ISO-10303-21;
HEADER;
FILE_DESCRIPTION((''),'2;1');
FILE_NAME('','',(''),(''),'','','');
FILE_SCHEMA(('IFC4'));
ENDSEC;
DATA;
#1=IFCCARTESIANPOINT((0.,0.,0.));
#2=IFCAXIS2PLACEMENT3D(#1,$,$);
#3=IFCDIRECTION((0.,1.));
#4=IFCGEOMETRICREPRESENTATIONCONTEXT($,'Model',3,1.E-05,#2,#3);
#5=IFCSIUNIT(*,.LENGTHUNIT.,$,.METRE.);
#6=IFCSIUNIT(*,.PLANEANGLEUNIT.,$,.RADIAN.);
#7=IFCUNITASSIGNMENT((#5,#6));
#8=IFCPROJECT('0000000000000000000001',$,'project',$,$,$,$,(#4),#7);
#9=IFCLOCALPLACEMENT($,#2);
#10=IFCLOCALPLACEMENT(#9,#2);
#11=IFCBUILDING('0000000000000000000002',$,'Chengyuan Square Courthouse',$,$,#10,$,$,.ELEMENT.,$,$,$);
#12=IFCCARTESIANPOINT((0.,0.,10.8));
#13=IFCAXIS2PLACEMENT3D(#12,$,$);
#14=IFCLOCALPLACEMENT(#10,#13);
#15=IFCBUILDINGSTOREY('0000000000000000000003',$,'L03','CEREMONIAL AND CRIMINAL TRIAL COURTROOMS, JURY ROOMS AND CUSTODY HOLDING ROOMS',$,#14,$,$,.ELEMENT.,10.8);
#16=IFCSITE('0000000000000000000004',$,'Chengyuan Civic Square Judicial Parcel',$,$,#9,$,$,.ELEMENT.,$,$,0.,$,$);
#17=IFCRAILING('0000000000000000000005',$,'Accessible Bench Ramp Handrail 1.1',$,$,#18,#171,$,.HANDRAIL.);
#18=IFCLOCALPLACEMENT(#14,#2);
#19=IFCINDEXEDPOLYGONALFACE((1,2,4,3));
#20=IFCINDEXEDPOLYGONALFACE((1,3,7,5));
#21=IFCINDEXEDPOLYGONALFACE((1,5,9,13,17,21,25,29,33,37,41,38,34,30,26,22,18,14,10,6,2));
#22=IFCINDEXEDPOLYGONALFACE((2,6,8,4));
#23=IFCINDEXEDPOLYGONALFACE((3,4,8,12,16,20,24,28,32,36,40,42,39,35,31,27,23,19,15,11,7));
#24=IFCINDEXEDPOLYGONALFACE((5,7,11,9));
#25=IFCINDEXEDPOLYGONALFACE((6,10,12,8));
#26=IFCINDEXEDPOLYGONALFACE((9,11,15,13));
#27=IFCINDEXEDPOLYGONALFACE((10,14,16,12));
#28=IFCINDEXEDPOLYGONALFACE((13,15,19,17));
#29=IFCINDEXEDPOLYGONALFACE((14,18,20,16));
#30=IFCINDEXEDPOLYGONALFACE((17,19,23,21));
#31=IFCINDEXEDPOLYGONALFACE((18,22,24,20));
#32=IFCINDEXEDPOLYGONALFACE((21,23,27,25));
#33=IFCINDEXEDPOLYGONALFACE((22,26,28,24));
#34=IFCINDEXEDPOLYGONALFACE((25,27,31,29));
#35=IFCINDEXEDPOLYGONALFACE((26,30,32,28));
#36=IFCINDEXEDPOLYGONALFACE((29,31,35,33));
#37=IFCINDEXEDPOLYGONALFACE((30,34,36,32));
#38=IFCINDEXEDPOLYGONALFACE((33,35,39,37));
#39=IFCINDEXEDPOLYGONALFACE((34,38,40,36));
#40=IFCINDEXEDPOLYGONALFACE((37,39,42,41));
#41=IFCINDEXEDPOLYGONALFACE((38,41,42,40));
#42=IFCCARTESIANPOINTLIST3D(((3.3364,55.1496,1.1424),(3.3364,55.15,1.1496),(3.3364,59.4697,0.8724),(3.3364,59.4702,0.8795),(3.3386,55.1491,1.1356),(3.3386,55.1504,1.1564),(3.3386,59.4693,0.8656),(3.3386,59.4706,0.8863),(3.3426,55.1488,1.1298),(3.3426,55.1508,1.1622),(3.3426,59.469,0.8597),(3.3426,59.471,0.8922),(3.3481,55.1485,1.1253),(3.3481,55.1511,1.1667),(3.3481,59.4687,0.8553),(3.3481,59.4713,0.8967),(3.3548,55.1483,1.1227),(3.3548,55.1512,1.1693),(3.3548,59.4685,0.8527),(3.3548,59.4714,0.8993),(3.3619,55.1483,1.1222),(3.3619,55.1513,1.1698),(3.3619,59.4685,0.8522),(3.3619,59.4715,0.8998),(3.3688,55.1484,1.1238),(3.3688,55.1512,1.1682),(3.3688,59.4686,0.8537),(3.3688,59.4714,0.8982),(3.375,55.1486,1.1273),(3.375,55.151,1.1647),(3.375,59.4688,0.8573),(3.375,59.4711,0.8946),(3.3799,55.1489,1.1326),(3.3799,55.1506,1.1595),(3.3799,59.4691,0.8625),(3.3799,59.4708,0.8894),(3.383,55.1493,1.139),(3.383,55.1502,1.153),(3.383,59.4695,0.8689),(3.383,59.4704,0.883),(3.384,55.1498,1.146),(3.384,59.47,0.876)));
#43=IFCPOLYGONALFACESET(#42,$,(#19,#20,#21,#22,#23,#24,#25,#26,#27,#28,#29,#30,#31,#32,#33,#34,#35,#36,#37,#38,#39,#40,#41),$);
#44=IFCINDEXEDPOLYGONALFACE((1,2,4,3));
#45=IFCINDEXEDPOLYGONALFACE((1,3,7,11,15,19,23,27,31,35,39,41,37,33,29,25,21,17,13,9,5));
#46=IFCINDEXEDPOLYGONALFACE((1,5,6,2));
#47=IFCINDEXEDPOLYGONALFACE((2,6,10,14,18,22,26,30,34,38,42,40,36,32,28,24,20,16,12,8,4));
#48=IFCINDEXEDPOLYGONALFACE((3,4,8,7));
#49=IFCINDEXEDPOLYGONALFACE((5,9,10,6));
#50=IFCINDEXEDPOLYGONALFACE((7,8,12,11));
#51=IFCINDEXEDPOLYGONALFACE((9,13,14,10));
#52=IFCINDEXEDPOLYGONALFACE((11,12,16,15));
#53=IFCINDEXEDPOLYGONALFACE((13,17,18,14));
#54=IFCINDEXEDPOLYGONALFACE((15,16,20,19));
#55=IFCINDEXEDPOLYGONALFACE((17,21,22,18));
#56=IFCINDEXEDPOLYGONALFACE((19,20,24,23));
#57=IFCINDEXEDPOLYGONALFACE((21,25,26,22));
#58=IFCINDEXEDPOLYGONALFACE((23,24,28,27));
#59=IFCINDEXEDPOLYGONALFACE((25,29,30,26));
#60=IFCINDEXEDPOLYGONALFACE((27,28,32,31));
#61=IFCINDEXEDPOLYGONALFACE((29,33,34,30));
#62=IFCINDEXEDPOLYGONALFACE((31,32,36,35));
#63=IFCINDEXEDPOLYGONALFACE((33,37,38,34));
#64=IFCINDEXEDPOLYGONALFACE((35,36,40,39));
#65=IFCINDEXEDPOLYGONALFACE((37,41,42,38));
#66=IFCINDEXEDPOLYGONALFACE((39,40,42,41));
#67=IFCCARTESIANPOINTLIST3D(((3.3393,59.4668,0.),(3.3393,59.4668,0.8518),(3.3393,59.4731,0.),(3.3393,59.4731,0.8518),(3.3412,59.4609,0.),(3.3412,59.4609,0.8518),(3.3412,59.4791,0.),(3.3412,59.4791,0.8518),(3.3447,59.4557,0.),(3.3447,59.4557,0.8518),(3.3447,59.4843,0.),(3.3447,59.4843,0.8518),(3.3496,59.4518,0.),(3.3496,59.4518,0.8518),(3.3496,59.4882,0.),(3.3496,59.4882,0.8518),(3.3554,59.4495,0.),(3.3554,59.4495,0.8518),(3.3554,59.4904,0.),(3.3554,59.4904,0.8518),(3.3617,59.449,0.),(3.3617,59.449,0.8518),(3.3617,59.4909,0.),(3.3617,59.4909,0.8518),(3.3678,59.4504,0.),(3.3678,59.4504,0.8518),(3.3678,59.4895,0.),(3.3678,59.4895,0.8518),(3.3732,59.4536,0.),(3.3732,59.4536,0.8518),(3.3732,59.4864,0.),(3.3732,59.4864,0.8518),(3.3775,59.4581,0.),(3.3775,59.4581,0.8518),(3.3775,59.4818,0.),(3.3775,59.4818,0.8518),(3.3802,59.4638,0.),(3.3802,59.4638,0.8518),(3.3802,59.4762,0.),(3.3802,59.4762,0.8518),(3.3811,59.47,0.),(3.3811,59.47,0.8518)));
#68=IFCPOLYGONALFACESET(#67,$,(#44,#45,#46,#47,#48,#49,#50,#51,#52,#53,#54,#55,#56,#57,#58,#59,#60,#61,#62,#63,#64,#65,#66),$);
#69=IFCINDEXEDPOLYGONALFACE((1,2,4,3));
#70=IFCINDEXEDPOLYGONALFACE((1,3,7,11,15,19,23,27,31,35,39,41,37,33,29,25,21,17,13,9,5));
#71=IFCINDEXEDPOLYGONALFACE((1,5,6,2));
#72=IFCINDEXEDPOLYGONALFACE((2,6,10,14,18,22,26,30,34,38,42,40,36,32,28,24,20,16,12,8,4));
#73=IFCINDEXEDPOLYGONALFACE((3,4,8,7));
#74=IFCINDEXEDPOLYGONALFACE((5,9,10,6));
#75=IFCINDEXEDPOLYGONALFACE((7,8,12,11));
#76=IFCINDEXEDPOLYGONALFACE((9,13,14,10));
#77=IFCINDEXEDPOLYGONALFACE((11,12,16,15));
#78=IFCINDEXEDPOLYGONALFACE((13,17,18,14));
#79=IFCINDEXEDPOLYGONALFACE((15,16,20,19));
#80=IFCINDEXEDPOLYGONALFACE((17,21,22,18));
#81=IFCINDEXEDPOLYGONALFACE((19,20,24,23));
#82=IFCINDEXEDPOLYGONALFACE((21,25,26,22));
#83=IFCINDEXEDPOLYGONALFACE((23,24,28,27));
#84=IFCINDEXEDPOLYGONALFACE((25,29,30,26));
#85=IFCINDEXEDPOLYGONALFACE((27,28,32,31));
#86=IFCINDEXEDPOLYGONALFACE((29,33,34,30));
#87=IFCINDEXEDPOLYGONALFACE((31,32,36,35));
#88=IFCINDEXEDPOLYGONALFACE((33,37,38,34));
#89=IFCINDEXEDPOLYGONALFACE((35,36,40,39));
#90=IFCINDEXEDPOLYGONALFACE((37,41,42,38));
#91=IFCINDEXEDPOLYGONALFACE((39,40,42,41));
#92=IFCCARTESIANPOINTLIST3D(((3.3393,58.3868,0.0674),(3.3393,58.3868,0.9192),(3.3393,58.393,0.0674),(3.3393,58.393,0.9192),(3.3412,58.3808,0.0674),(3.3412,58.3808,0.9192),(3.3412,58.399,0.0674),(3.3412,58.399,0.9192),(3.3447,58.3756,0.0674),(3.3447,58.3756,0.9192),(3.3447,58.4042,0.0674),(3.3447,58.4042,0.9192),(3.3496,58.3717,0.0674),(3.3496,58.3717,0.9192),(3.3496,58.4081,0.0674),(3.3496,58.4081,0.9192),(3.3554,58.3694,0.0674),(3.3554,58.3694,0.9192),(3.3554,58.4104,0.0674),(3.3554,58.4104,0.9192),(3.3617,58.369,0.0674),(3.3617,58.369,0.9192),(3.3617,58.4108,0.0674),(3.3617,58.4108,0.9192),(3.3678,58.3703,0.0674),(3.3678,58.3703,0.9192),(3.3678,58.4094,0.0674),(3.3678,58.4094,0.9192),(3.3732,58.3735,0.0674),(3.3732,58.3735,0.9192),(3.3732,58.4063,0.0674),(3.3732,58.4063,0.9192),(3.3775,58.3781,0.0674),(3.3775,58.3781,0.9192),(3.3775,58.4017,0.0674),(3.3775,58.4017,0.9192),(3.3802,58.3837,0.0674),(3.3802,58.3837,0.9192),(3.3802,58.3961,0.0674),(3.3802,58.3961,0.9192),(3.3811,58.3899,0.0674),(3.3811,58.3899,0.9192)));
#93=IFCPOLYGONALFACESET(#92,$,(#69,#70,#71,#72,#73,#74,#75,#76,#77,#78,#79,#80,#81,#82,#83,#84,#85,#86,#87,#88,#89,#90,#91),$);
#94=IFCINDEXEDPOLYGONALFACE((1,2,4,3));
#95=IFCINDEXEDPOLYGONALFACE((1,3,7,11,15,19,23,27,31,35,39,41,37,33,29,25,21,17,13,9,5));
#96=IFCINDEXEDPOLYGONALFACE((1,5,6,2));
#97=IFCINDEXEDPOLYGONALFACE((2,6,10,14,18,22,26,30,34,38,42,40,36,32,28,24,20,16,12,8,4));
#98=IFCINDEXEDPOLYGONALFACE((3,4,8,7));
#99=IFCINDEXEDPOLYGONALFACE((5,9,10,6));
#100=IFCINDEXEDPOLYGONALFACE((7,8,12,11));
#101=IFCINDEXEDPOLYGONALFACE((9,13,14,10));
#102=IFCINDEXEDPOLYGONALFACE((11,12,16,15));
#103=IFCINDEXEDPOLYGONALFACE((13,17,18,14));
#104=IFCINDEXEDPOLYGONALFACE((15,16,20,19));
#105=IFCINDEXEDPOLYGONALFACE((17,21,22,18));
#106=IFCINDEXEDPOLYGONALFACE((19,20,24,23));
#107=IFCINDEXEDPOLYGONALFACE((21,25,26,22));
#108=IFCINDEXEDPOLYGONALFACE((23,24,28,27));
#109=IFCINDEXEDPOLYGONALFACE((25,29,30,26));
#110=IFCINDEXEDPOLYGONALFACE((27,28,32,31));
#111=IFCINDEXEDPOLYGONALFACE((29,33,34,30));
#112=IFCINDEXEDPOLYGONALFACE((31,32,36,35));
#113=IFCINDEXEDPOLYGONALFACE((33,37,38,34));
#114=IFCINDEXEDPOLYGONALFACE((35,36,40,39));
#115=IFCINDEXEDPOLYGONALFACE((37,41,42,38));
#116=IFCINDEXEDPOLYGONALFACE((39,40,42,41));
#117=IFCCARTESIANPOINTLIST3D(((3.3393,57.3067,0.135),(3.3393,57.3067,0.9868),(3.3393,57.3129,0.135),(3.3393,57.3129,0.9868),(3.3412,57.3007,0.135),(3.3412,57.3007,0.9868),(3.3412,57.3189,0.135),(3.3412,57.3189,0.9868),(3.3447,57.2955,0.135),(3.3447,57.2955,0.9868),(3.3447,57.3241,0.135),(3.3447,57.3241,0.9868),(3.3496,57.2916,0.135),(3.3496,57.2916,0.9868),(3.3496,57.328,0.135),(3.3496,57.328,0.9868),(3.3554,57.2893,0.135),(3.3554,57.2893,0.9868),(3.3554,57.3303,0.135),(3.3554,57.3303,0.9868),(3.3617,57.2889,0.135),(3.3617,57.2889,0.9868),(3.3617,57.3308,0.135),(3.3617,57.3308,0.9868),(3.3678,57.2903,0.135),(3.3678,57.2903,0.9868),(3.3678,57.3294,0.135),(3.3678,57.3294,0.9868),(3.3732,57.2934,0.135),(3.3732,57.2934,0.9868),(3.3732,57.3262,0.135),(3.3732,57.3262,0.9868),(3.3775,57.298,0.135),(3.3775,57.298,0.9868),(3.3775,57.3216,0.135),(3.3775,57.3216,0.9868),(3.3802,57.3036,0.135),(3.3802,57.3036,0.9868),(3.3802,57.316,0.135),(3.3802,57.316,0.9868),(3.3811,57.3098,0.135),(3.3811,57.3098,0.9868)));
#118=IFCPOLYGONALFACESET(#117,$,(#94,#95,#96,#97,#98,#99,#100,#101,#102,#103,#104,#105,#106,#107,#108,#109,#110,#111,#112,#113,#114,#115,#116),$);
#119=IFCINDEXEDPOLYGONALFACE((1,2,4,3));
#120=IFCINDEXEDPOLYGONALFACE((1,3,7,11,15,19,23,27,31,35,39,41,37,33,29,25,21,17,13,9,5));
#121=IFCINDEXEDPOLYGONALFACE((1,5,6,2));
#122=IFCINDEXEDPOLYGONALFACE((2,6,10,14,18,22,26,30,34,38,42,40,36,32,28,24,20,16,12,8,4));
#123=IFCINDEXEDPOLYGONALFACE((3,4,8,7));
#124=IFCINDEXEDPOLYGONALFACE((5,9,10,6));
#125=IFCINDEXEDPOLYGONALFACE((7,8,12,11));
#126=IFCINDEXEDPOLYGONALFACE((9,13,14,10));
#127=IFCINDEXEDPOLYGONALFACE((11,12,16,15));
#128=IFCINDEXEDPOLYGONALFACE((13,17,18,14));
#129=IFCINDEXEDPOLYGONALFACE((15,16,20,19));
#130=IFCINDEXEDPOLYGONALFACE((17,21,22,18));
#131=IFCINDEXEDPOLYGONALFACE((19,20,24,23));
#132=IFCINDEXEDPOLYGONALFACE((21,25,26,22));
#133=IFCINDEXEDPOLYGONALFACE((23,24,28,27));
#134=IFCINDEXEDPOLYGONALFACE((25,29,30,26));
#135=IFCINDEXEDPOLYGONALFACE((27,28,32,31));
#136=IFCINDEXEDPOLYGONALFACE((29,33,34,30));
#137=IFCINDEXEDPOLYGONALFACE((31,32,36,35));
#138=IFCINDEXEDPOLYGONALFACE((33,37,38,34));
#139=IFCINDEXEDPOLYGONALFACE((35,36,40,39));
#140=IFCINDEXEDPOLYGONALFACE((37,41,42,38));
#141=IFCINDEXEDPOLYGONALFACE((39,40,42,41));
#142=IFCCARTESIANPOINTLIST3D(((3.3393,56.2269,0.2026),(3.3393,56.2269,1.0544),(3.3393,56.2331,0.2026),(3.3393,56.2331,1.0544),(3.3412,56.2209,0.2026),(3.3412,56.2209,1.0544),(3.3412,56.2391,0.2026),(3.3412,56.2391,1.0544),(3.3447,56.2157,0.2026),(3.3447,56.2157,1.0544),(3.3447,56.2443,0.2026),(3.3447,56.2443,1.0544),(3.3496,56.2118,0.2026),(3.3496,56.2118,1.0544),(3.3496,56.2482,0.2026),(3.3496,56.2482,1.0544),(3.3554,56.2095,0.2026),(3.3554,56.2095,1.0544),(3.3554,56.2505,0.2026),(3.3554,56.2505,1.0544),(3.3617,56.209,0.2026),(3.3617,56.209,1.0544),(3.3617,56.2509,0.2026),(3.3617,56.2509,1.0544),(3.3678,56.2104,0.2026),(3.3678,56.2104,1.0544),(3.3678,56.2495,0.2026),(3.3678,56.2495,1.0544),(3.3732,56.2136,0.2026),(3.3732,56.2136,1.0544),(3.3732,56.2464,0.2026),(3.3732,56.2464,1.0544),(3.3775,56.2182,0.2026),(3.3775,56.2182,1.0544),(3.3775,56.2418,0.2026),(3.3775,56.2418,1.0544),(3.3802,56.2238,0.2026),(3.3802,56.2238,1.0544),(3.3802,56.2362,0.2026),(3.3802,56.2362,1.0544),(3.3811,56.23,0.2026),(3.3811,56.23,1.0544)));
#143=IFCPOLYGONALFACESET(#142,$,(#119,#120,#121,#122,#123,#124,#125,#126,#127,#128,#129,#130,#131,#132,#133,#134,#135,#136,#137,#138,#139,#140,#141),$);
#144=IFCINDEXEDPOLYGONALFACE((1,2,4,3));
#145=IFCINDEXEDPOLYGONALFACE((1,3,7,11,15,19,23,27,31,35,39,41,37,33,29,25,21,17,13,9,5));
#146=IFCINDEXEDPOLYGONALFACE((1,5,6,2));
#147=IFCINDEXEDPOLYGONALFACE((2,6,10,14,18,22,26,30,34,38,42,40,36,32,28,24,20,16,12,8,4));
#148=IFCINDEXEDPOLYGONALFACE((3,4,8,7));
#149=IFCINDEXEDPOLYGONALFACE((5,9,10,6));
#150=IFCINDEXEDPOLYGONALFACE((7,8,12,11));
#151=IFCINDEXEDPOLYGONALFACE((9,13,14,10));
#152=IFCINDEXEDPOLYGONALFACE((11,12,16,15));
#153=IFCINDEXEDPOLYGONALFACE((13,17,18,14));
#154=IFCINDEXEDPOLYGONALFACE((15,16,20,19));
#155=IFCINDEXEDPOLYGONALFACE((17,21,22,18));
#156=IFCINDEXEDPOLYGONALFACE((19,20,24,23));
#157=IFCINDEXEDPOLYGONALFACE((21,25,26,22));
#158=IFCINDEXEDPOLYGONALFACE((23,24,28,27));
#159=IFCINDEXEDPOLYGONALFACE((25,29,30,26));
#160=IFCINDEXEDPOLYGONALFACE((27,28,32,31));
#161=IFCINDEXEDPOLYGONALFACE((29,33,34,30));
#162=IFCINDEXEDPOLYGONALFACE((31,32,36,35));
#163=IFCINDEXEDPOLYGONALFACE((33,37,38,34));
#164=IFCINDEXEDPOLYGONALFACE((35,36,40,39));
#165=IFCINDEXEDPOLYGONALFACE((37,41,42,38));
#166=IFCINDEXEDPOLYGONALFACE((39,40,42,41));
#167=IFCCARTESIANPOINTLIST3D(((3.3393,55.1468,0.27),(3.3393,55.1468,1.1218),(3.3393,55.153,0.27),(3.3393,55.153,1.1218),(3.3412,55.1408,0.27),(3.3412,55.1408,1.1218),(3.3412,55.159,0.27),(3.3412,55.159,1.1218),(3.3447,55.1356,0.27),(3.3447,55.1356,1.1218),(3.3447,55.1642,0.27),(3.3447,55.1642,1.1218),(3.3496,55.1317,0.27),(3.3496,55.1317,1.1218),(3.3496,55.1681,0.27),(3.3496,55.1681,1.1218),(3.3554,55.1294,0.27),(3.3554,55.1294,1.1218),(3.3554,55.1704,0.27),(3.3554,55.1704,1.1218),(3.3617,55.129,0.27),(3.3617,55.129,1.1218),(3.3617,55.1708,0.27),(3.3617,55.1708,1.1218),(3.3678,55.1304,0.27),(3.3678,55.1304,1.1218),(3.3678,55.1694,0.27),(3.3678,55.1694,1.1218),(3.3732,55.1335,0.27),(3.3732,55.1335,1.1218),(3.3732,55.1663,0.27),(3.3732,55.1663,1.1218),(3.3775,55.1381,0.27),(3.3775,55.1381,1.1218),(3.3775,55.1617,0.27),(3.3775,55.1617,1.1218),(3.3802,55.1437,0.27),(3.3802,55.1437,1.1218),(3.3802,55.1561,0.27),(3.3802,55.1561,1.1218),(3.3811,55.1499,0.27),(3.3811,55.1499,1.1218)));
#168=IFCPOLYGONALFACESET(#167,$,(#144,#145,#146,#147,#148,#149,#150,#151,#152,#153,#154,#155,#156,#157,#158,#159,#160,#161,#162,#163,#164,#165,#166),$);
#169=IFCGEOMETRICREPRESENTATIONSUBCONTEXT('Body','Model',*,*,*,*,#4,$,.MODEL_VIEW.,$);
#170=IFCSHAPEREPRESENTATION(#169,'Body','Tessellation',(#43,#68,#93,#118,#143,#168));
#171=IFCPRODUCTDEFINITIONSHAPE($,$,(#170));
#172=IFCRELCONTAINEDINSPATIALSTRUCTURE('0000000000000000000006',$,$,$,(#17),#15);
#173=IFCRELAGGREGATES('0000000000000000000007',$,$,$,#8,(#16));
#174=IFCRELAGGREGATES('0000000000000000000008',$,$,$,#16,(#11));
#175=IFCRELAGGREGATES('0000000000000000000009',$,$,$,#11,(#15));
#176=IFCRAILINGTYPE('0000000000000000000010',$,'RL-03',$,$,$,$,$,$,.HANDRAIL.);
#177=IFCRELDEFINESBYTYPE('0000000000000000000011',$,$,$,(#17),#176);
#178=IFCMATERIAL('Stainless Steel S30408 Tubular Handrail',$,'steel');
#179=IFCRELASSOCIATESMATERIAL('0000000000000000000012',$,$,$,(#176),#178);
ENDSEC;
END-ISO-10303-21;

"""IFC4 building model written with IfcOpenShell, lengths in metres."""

from ifc_helpers import new_model, si_unit, direction, frame, origin, origin_2d, place, context, subcontext, project, spatial, circle, extrude, material, type_object, element, save


model = new_model("IFC4")

# Units and contexts
model_context = context("Model", 3, precision=1e-05, world=origin(), true_north=direction((0.0, 1.0)))
body_context = subcontext(model_context, "Body", "Model", "MODEL_VIEW")
ifc_project = project(units=[si_unit("LENGTHUNIT", "METRE"), si_unit("PLANEANGLEUNIT", "RADIAN")], contexts=[model_context])

# Site, building, storey
site_placement = place(None, origin())
site = spatial("IfcSite", under=ifc_project, at=site_placement, Name="Chengyuan Civic Square Judicial Parcel", CompositionType="ELEMENT", RefElevation=0.0)
building_placement = place(site_placement, origin())
building = spatial("IfcBuilding", under=site, at=building_placement, Name="Chengyuan Square Courthouse", CompositionType="ELEMENT")
storey_placement = place(building_placement, frame((0.0, 0.0, 10.8)))
storey = spatial("IfcBuildingStorey", under=building, at=storey_placement, Name="L03", Description="CEREMONIAL AND CRIMINAL TRIAL COURTROOMS, JURY ROOMS AND CUSTODY HOLDING ROOMS", CompositionType="ELEMENT", Elevation=10.8)

# Railing
ifc_material_1 = material(Name="Stainless Steel S30408 Tubular Handrail", Category="steel")
railing_type = type_object("IfcRailingType", Name="RL-03", PredefinedType="HANDRAIL", material=ifc_material_1)
for number, where, name in (
    (1, (3.3601, 59.47, 0.0), "Accessible Bench Ramp Handrail 1.1"),
):
    element("IfcRailing", number, at=place(storey_placement, frame(where)), inside=storey, type_object=railing_type, Name=name, PredefinedType="HANDRAIL", context=body_context, shape_type="SweptSolid", body=[
        extrude(circle(Radius=0.0239, at=origin_2d()), frame((0.0, 0.0, 0.876), z_axis=(0.0, -0.998052, 0.062382), x_axis=(1.0, 0.0, 0.0)), (0.0, 0.0, 1.0), 4.3286),
        extrude(circle(Radius=0.021, at=origin_2d()), origin(), (0.0, 0.0, 1.0), 0.8518),
        extrude(circle(Radius=0.021, at=origin_2d()), frame((0.0, -1.0801, 0.0674)), (0.0, 0.0, 1.0), 0.8518),
        extrude(circle(Radius=0.021, at=origin_2d()), frame((0.0, -2.1602, 0.135)), (0.0, 0.0, 1.0), 0.8518),
        extrude(circle(Radius=0.021, at=origin_2d()), frame((0.0, -3.24, 0.2026)), (0.0, 0.0, 1.0), 0.8518),
        extrude(circle(Radius=0.021, at=origin_2d()), frame((0.0, -4.3201, 0.27)), (0.0, 0.0, 1.0), 0.8518),
    ])

save(model, "model.ifc")
